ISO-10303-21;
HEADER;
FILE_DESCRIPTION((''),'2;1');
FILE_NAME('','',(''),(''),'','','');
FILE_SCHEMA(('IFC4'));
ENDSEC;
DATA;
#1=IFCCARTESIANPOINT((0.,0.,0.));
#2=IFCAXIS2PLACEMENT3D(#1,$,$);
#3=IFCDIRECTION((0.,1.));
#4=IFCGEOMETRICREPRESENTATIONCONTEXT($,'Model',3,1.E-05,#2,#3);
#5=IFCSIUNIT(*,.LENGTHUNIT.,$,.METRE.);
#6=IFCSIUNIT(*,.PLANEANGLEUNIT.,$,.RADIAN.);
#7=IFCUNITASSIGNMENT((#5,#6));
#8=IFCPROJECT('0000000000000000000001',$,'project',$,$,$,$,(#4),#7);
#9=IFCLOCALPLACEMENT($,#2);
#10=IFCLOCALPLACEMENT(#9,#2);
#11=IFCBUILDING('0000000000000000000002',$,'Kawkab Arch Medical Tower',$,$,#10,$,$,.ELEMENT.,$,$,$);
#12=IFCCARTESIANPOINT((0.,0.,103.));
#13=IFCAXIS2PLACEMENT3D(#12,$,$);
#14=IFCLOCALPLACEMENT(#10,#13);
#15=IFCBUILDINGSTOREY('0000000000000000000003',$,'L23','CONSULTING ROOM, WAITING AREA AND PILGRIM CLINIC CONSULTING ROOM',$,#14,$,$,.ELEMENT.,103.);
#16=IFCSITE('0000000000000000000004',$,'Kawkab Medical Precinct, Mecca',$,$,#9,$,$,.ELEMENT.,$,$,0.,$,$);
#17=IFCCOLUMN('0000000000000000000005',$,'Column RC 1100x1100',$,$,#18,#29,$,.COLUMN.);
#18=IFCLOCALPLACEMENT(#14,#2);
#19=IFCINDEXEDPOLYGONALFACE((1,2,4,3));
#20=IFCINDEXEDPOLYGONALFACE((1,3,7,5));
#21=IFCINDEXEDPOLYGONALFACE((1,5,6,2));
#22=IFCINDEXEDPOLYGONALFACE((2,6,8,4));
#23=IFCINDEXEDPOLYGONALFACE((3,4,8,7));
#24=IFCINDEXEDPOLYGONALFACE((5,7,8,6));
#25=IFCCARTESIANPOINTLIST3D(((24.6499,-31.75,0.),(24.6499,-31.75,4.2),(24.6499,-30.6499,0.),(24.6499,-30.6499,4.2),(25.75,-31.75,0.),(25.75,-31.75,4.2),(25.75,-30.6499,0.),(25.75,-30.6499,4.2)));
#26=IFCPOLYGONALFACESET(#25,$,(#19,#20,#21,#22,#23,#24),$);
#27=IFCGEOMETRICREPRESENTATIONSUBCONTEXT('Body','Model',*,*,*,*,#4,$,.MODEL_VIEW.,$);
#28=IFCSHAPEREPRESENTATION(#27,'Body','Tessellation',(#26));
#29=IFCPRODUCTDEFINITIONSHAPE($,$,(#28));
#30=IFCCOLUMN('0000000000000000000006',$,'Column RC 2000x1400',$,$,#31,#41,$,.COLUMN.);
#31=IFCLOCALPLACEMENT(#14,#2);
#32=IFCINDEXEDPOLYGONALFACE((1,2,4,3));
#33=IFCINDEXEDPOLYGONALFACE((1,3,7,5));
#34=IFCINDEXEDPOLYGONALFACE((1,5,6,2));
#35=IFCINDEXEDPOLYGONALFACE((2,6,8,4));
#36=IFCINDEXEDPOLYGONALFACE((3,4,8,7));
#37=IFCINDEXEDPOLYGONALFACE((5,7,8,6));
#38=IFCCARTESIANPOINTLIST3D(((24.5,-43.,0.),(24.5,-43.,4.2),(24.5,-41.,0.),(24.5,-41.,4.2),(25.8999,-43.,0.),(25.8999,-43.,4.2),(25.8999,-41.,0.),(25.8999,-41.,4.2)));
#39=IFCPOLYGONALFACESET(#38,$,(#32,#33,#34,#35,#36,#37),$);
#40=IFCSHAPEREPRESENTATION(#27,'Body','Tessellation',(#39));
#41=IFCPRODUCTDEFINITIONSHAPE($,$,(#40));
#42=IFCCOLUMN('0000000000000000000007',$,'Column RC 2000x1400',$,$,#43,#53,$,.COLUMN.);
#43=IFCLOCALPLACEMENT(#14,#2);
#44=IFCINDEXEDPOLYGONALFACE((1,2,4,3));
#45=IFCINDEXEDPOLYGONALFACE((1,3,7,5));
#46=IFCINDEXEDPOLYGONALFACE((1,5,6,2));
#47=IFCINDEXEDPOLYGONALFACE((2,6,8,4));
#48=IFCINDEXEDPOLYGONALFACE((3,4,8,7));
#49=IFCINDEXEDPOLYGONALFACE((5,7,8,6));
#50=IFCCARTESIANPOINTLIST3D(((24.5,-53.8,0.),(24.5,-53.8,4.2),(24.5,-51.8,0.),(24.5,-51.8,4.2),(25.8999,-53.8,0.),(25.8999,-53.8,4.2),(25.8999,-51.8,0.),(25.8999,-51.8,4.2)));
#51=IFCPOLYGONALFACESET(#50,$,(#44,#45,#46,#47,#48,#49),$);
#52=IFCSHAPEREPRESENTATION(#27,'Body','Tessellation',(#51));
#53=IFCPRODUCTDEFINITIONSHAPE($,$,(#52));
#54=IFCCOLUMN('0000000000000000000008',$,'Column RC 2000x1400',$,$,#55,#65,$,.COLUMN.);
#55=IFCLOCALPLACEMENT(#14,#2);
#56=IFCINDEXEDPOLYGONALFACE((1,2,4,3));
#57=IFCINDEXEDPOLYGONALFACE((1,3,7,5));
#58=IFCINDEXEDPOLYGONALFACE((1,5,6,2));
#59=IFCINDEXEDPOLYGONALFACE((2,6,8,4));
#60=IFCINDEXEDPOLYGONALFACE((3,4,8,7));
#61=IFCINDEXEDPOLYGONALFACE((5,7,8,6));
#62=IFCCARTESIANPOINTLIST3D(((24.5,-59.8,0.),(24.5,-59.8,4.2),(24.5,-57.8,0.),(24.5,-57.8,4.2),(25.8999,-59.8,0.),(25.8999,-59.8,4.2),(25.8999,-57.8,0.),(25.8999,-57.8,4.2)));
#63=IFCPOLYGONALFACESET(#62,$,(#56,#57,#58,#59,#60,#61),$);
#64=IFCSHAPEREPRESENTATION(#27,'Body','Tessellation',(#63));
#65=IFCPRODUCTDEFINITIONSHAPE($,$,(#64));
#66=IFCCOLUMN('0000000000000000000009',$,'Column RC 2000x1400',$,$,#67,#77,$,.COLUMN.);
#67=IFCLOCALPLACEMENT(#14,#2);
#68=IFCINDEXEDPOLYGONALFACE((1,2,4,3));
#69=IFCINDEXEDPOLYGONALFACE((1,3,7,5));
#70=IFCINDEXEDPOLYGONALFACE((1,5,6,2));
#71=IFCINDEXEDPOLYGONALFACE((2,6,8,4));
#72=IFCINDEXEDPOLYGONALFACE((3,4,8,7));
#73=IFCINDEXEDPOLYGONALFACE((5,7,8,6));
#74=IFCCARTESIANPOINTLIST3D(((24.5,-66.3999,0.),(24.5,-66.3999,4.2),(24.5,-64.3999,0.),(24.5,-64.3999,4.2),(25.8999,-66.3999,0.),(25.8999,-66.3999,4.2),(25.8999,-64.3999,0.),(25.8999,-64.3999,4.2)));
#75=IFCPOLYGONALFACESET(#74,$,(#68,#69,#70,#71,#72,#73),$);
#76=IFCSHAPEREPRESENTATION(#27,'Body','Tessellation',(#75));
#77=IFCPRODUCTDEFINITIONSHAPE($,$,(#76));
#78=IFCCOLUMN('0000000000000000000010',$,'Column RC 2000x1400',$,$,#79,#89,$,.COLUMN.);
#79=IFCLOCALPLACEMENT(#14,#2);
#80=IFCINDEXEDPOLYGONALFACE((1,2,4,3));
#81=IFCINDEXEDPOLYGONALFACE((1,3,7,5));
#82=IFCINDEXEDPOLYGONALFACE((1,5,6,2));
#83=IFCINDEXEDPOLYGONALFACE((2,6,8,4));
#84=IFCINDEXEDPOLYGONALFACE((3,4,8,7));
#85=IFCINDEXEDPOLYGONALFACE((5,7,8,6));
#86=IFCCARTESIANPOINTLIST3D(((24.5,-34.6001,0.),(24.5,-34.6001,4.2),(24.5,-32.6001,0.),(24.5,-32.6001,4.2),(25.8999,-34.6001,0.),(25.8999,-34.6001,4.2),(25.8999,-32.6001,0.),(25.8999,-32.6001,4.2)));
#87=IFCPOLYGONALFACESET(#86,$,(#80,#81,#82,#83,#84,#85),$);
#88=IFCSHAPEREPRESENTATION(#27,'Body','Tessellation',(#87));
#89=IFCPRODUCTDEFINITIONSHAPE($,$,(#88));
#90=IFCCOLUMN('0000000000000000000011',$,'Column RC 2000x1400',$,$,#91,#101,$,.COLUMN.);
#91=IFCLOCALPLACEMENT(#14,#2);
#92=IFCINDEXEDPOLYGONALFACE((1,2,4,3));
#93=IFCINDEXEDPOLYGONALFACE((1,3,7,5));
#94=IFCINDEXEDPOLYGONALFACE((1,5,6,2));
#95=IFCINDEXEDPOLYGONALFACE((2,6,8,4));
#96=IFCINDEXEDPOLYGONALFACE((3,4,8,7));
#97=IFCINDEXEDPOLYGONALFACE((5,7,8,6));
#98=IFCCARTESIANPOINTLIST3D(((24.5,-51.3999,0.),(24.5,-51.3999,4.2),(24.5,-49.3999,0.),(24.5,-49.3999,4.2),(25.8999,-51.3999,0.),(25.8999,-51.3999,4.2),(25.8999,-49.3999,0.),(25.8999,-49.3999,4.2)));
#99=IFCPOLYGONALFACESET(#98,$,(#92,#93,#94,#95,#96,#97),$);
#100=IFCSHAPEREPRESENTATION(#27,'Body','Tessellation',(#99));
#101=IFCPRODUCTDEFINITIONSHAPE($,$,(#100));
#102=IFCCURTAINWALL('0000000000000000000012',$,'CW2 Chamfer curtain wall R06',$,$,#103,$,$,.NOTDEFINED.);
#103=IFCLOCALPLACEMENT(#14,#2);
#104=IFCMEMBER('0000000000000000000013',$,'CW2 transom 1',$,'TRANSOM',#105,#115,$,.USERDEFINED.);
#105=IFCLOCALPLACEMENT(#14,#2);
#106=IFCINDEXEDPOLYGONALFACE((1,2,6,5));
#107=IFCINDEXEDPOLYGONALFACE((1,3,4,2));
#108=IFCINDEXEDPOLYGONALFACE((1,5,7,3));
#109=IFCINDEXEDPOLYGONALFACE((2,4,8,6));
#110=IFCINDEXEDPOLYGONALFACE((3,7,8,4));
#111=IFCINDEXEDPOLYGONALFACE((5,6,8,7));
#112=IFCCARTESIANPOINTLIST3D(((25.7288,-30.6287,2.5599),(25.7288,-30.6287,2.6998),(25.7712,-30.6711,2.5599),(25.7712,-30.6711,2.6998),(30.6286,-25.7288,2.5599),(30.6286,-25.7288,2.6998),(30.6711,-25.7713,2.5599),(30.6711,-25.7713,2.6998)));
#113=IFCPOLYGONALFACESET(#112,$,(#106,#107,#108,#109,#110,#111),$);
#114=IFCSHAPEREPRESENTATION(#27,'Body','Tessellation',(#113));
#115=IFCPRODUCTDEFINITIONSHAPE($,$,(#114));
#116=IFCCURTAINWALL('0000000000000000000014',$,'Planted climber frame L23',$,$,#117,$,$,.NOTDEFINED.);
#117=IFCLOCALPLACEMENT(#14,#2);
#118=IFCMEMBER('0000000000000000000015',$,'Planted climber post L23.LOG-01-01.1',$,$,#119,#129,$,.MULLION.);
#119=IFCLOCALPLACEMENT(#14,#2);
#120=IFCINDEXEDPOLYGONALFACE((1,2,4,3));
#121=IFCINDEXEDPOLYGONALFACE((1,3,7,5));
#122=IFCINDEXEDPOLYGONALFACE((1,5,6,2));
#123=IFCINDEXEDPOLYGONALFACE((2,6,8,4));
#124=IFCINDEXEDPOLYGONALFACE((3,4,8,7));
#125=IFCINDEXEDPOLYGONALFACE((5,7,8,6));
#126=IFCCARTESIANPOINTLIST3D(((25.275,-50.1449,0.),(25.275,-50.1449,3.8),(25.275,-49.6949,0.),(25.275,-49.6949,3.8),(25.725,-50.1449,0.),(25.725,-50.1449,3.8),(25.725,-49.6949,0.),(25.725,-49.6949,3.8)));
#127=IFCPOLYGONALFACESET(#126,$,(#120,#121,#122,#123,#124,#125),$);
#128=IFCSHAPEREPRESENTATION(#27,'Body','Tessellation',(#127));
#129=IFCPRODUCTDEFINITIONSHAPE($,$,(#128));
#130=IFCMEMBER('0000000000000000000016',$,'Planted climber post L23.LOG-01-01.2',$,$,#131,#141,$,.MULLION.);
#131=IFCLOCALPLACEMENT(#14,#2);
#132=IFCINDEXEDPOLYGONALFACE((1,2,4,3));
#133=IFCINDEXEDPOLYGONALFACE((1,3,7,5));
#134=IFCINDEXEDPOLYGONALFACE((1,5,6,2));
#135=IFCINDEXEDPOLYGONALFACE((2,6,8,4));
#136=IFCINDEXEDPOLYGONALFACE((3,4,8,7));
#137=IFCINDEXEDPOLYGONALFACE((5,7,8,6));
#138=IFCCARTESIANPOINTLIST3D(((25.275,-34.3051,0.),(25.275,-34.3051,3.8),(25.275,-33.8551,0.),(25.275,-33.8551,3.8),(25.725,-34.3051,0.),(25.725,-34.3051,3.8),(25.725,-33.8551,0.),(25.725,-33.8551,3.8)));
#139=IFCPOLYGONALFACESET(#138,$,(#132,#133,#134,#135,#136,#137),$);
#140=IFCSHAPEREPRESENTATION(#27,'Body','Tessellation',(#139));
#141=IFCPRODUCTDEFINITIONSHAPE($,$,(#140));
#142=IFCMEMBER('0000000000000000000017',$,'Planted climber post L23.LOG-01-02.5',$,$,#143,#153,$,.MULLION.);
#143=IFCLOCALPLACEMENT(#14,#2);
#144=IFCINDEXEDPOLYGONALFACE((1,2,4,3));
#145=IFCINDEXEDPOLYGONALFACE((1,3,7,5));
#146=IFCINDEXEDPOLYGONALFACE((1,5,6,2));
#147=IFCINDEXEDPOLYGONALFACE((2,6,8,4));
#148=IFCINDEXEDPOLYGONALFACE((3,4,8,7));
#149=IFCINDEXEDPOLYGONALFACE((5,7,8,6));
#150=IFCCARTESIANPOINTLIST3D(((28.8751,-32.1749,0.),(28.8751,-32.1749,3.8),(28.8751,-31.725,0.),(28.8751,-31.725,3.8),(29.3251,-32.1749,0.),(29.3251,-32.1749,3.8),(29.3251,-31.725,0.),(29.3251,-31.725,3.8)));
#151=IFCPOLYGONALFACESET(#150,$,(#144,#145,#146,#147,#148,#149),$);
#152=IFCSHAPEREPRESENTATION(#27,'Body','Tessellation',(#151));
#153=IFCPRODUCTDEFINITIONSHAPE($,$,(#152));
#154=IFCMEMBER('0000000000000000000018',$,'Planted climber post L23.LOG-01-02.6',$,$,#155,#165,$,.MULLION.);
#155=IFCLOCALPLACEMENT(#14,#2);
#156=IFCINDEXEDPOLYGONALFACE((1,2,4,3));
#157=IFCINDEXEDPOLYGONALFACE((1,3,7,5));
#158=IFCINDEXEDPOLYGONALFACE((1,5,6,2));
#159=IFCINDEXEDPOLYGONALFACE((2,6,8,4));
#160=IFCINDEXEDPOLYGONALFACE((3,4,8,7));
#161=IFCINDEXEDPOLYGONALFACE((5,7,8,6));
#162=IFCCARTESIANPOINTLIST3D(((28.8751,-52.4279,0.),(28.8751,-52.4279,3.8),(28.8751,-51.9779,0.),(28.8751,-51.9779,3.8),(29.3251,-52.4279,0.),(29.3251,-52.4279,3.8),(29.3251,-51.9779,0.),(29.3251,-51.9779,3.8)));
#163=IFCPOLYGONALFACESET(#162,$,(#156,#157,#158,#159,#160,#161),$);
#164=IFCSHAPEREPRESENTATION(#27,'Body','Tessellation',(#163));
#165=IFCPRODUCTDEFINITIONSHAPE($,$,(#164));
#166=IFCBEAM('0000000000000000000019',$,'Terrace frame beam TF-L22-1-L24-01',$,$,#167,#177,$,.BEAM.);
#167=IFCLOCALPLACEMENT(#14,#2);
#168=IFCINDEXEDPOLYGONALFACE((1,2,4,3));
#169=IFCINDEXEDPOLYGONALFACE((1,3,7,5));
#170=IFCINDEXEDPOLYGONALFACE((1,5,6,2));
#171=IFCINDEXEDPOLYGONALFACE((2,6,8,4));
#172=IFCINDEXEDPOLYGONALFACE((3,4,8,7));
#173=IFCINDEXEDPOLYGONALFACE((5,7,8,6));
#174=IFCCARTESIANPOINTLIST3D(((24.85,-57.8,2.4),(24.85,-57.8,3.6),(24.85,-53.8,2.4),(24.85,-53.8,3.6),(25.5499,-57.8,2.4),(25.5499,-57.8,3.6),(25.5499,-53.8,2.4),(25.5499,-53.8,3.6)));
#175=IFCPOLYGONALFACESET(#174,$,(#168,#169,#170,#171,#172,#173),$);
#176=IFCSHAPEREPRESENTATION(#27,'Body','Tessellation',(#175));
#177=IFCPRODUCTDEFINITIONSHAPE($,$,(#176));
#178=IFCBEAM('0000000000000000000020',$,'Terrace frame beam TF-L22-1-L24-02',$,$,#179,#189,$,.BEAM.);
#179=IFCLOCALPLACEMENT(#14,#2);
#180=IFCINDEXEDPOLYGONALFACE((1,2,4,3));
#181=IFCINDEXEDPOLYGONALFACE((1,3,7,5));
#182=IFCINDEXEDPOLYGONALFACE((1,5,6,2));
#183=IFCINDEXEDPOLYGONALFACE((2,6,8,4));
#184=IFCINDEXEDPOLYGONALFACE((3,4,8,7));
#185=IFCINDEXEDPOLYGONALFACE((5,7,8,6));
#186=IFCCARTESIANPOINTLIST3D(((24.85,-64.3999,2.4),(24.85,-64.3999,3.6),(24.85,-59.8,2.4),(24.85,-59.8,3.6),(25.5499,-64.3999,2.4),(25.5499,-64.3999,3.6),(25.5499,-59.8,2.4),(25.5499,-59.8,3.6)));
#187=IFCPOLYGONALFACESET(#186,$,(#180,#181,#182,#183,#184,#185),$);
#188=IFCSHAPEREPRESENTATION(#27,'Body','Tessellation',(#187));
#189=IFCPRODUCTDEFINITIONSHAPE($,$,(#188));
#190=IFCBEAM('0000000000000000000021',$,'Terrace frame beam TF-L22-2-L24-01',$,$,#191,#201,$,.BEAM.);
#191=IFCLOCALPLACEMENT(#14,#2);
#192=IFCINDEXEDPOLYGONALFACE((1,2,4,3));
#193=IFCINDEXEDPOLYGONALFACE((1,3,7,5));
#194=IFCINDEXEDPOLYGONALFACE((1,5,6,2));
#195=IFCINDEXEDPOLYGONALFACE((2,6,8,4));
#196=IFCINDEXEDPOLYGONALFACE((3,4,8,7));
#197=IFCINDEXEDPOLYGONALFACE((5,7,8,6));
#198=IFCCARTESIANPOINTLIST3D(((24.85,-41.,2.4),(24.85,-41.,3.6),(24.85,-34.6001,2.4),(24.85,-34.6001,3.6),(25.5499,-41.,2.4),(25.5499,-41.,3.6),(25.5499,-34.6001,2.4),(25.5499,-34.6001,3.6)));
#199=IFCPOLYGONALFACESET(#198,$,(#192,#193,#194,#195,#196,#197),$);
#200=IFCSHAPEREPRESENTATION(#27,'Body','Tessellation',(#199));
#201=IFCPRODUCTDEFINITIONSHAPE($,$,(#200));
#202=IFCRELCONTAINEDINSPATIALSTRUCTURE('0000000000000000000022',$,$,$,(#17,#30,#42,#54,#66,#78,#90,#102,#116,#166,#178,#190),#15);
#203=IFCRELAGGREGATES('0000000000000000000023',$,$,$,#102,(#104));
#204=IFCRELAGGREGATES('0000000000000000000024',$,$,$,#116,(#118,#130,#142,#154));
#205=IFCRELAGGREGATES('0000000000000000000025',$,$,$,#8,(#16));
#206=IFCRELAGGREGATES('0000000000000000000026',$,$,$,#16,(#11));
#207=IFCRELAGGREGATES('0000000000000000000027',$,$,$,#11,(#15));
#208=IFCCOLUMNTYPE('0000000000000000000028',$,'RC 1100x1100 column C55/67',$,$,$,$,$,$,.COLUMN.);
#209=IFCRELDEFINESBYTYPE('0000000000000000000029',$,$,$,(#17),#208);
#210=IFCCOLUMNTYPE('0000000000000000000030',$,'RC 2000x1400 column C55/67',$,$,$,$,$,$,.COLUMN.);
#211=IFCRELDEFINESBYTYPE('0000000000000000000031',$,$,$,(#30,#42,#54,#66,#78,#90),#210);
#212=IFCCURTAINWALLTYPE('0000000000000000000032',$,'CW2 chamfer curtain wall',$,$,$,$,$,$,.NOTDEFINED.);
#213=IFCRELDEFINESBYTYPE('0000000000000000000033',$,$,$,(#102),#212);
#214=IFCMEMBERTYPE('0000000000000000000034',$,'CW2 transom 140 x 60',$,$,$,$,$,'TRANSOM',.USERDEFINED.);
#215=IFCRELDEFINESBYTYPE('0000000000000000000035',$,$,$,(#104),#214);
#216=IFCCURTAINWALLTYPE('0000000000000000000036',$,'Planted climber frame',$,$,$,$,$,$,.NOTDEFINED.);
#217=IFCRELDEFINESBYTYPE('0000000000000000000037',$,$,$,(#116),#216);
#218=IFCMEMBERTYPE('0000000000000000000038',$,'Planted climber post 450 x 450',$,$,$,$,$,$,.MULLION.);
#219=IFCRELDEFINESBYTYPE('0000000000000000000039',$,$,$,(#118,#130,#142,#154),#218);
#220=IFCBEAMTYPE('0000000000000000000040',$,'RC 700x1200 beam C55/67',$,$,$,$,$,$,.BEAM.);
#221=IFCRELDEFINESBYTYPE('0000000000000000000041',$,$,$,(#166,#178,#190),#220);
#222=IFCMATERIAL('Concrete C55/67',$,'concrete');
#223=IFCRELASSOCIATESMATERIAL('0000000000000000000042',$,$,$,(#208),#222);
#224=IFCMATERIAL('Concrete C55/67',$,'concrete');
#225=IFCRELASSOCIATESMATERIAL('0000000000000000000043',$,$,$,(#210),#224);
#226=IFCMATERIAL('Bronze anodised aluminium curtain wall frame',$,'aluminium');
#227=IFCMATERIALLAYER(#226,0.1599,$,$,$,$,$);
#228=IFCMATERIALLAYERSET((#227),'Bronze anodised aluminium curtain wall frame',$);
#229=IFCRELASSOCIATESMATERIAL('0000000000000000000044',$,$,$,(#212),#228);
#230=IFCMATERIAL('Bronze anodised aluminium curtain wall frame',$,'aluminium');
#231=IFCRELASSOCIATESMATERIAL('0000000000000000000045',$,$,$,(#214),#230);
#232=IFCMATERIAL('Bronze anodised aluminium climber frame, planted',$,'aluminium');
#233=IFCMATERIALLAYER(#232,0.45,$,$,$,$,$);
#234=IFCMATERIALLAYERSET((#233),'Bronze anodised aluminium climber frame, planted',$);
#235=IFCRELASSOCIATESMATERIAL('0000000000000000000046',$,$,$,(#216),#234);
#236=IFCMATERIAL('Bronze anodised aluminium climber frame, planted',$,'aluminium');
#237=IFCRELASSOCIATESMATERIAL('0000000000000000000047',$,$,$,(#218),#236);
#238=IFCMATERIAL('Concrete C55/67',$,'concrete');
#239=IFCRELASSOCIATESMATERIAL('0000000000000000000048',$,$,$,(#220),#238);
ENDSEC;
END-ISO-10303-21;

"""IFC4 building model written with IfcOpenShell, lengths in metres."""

from ifc_helpers import new_model, si_unit, direction, frame, origin, origin_2d, place, context, subcontext, project, spatial, rectangle, extrude, material, layer, layer_set, material_profile, profile_set, type_object, element, aggregate, save


model = new_model("IFC4")

# Units and contexts
model_context = context("Model", 3, precision=1e-05, world=origin(), true_north=direction((0.0, 1.0)))
body_context = subcontext(model_context, "Body", "Model", "MODEL_VIEW")
ifc_project = project(units=[si_unit("LENGTHUNIT", "METRE"), si_unit("PLANEANGLEUNIT", "RADIAN")], contexts=[model_context])

# Site, building, storey
site_placement = place(None, origin())
site = spatial("IfcSite", under=ifc_project, at=site_placement, Name="Kawkab Medical Precinct, Mecca", CompositionType="ELEMENT", RefElevation=0.0)
building_placement = place(site_placement, origin())
building = spatial("IfcBuilding", under=site, at=building_placement, Name="Kawkab Arch Medical Tower", CompositionType="ELEMENT")
storey_placement = place(building_placement, frame((0.0, 0.0, 103.0)))
storey = spatial("IfcBuildingStorey", under=building, at=storey_placement, Name="L23", Description="CONSULTING ROOM, WAITING AREA AND PILGRIM CLINIC CONSULTING ROOM", CompositionType="ELEMENT", Elevation=103.0)

# Columns
ifc_material_1 = material(Name="Concrete C55/67", Category="concrete")
ifc_material_profile_1 = material_profile(ifc_material_1, rectangle(XDim=1.1001, YDim=1.1001, at=origin_2d()), Name="RC 1100x1100")
ifc_profile_set_1 = profile_set([ifc_material_profile_1], Name="Concrete C55/67")
column_type_1 = type_object("IfcColumnType", Name="RC 1100x1100 column C55/67", PredefinedType="COLUMN", material=ifc_profile_set_1)
column_placement = place(storey_placement, frame((25.2, -31.2, 0.0), z_axis=(0.0, 0.0, 1.0), x_axis=(1.0, 0.0, 0.0)))
element("IfcColumn", 1, at=column_placement, inside=storey, type_object=column_type_1, Name="Column RC 1100x1100", PredefinedType="COLUMN", context=body_context, shape_type="SweptSolid", body=[
    extrude(rectangle(XDim=1.1001, YDim=1.1001, at=origin_2d()), origin(), (0.0, 0.0, 1.0), 4.2),
])
ifc_material_2 = material(Name="Concrete C55/67", Category="concrete")
ifc_material_profile_2 = material_profile(ifc_material_2, rectangle(XDim=2.0, YDim=1.3999, at=origin_2d()), Name="RC 2000x1400")
ifc_profile_set_2 = profile_set([ifc_material_profile_2], Name="Concrete C55/67")
column_type_2 = type_object("IfcColumnType", Name="RC 2000x1400 column C55/67", PredefinedType="COLUMN", material=ifc_profile_set_2)
for number, where, z_axis, x_axis, name in (
    (2, (25.2, -42.0, 0.0), (0.0, 0.0, 1.0), (0.0, -1.0, 0.0), "Column RC 2000x1400"),
    (3, (25.2, -52.8, 0.0), (0.0, 0.0, 1.0), (0.0, -1.0, 0.0), "Column RC 2000x1400"),
    (4, (25.2, -58.8, 0.0), (0.0, 0.0, 1.0), (0.0, -1.0, 0.0), "Column RC 2000x1400"),
    (5, (25.2, -65.3999, 0.0), (0.0, 0.0, 1.0), (0.0, -1.0, 0.0), "Column RC 2000x1400"),
    (6, (25.2, -33.6001, 0.0), (0.0, 0.0, 1.0), (0.0, -1.0, 0.0), "Column RC 2000x1400"),
    (7, (25.2, -50.3999, 0.0), (0.0, 0.0, 1.0), (0.0, -1.0, 0.0), "Column RC 2000x1400"),
):
    element("IfcColumn", number, at=place(storey_placement, frame(where, z_axis=z_axis, x_axis=x_axis)), inside=storey, type_object=column_type_2, Name=name, PredefinedType="COLUMN", context=body_context, shape_type="SweptSolid", body=[
        extrude(rectangle(XDim=2.0, YDim=1.3999, at=origin_2d()), origin(), (0.0, 0.0, 1.0), 4.2),
    ])

# Curtain wall, member
ifc_material_3 = material(Name="Bronze anodised aluminium curtain wall frame", Category="aluminium")
ifc_layer_1 = layer(ifc_material_3, 0.1599)
ifc_layer_set_1 = layer_set([ifc_layer_1], Name="Bronze anodised aluminium curtain wall frame")
curtain_wall_type_1 = type_object("IfcCurtainWallType", Name="CW2 chamfer curtain wall", PredefinedType="NOTDEFINED", material=ifc_layer_set_1)
placement = place(storey_placement, origin())
curtain_wall_1 = element("IfcCurtainWall", 8, at=placement, inside=storey, type_object=curtain_wall_type_1, Name="CW2 Chamfer curtain wall R06", PredefinedType="NOTDEFINED")
ifc_material_4 = material(Name="Bronze anodised aluminium curtain wall frame", Category="aluminium")
ifc_material_profile_3 = material_profile(ifc_material_4, rectangle(XDim=0.0601, YDim=0.1399, at=origin_2d()), Name="AL 60x140")
ifc_profile_set_3 = profile_set([ifc_material_profile_3], Name="Bronze anodised aluminium curtain wall frame")
member_type_1 = type_object("IfcMemberType", Name="CW2 transom 140 x 60", ElementType="TRANSOM", PredefinedType="USERDEFINED", material=ifc_profile_set_3)
member_1_placement = place(storey_placement, frame((25.75, -30.6499, 2.6299), z_axis=(0.707107, 0.707107, 0.0), x_axis=(-0.707107, 0.707107, 0.0)))
member_1 = element("IfcMember", 9, at=member_1_placement, type_object=member_type_1, Name="CW2 transom 1", ObjectType="TRANSOM", PredefinedType="USERDEFINED", context=body_context, shape_type="SweptSolid", body=[
    extrude(rectangle(XDim=0.0601, YDim=0.1399, at=origin_2d()), origin(), (0.0, 0.0, 1.0), 6.9294),
])
aggregate(curtain_wall_1, [member_1])

# Curtain wall, members
ifc_material_5 = material(Name="Bronze anodised aluminium climber frame, planted", Category="aluminium")
ifc_layer_2 = layer(ifc_material_5, 0.45)
ifc_layer_set_2 = layer_set([ifc_layer_2], Name="Bronze anodised aluminium climber frame, planted")
curtain_wall_type_2 = type_object("IfcCurtainWallType", Name="Planted climber frame", PredefinedType="NOTDEFINED", material=ifc_layer_set_2)
curtain_wall_2 = element("IfcCurtainWall", 10, at=placement, inside=storey, type_object=curtain_wall_type_2, Name="Planted climber frame L23", PredefinedType="NOTDEFINED")
ifc_material_6 = material(Name="Bronze anodised aluminium climber frame, planted", Category="aluminium")
ifc_material_profile_4 = material_profile(ifc_material_6, rectangle(XDim=0.45, YDim=0.45, at=origin_2d()), Name="Post 450x450")
ifc_profile_set_4 = profile_set([ifc_material_profile_4], Name="Bronze anodised aluminium climber frame, planted")
member_type_2 = type_object("IfcMemberType", Name="Planted climber post 450 x 450", PredefinedType="MULLION", material=ifc_profile_set_4)
member_2_placement = place(storey_placement, frame((25.5, -49.9199, 0.0), z_axis=(0.0, 0.0, 1.0), x_axis=(1.0, 0.0, 0.0)))
member_2 = element("IfcMember", 11, at=member_2_placement, type_object=member_type_2, Name="Planted climber post L23.LOG-01-01.1", PredefinedType="MULLION", context=body_context, shape_type="SweptSolid", body=[
    extrude(rectangle(XDim=0.45, YDim=0.45, at=origin_2d()), origin(), (0.0, 0.0, 1.0), 3.8),
])
member_3_placement = place(storey_placement, frame((25.5, -34.0801, 0.0), z_axis=(0.0, 0.0, 1.0), x_axis=(1.0, 0.0, 0.0)))
member_3 = element("IfcMember", 12, at=member_3_placement, type_object=member_type_2, Name="Planted climber post L23.LOG-01-01.2", PredefinedType="MULLION", context=body_context, shape_type="SweptSolid", body=[
    extrude(rectangle(XDim=0.45, YDim=0.45, at=origin_2d()), origin(), (0.0, 0.0, 1.0), 3.8),
])
member_4_placement = place(storey_placement, frame((29.1001, -31.95, 0.0), z_axis=(0.0, 0.0, 1.0), x_axis=(1.0, 0.0, 0.0)))
member_4 = element("IfcMember", 13, at=member_4_placement, type_object=member_type_2, Name="Planted climber post L23.LOG-01-02.5", PredefinedType="MULLION", context=body_context, shape_type="SweptSolid", body=[
    extrude(rectangle(XDim=0.45, YDim=0.45, at=origin_2d()), origin(), (0.0, 0.0, 1.0), 3.8),
])
member_5_placement = place(storey_placement, frame((29.1001, -52.2029, 0.0), z_axis=(0.0, 0.0, 1.0), x_axis=(1.0, 0.0, 0.0)))
member_5 = element("IfcMember", 14, at=member_5_placement, type_object=member_type_2, Name="Planted climber post L23.LOG-01-02.6", PredefinedType="MULLION", context=body_context, shape_type="SweptSolid", body=[
    extrude(rectangle(XDim=0.45, YDim=0.45, at=origin_2d()), origin(), (0.0, 0.0, 1.0), 3.8),
])
aggregate(curtain_wall_2, [member_2, member_3, member_4, member_5])

# Beams
ifc_material_7 = material(Name="Concrete C55/67", Category="concrete")
ifc_material_profile_5 = material_profile(ifc_material_7, rectangle(XDim=0.7, YDim=1.2, at=origin_2d()), Name="RC 700x1200")
ifc_profile_set_5 = profile_set([ifc_material_profile_5], Name="Concrete C55/67")
beam_type = type_object("IfcBeamType", Name="RC 700x1200 beam C55/67", PredefinedType="BEAM", material=ifc_profile_set_5)
beam_1_placement = place(storey_placement, frame((25.2, -53.8, 3.0), z_axis=(0.0, -1.0, 0.0), x_axis=(1.0, 0.0, 0.0)))
element("IfcBeam", 15, at=beam_1_placement, inside=storey, type_object=beam_type, Name="Terrace frame beam TF-L22-1-L24-01", PredefinedType="BEAM", context=body_context, shape_type="SweptSolid", body=[
    extrude(rectangle(XDim=0.7, YDim=1.2, at=origin_2d()), origin(), (0.0, 0.0, 1.0), 4.0),
])
beam_2_placement = place(storey_placement, frame((25.2, -59.8, 3.0), z_axis=(0.0, -1.0, 0.0), x_axis=(1.0, 0.0, 0.0)))
element("IfcBeam", 16, at=beam_2_placement, inside=storey, type_object=beam_type, Name="Terrace frame beam TF-L22-1-L24-02", PredefinedType="BEAM", context=body_context, shape_type="SweptSolid", body=[
    extrude(rectangle(XDim=0.7, YDim=1.2, at=origin_2d()), origin(), (0.0, 0.0, 1.0), 4.5999),
])
for number, where, z_axis, x_axis, name in (
    (17, (25.2, -34.6001, 3.0), (0.0, -1.0, 0.0), (1.0, 0.0, 0.0), "Terrace frame beam TF-L22-2-L24-01"),
):
    element("IfcBeam", number, at=place(storey_placement, frame(where, z_axis=z_axis, x_axis=x_axis)), inside=storey, type_object=beam_type, Name=name, PredefinedType="BEAM", context=body_context, shape_type="SweptSolid", body=[
        extrude(rectangle(XDim=0.7, YDim=1.2, at=origin_2d()), origin(), (0.0, 0.0, 1.0), 6.3999),
    ])

save(model, "model.ifc")
